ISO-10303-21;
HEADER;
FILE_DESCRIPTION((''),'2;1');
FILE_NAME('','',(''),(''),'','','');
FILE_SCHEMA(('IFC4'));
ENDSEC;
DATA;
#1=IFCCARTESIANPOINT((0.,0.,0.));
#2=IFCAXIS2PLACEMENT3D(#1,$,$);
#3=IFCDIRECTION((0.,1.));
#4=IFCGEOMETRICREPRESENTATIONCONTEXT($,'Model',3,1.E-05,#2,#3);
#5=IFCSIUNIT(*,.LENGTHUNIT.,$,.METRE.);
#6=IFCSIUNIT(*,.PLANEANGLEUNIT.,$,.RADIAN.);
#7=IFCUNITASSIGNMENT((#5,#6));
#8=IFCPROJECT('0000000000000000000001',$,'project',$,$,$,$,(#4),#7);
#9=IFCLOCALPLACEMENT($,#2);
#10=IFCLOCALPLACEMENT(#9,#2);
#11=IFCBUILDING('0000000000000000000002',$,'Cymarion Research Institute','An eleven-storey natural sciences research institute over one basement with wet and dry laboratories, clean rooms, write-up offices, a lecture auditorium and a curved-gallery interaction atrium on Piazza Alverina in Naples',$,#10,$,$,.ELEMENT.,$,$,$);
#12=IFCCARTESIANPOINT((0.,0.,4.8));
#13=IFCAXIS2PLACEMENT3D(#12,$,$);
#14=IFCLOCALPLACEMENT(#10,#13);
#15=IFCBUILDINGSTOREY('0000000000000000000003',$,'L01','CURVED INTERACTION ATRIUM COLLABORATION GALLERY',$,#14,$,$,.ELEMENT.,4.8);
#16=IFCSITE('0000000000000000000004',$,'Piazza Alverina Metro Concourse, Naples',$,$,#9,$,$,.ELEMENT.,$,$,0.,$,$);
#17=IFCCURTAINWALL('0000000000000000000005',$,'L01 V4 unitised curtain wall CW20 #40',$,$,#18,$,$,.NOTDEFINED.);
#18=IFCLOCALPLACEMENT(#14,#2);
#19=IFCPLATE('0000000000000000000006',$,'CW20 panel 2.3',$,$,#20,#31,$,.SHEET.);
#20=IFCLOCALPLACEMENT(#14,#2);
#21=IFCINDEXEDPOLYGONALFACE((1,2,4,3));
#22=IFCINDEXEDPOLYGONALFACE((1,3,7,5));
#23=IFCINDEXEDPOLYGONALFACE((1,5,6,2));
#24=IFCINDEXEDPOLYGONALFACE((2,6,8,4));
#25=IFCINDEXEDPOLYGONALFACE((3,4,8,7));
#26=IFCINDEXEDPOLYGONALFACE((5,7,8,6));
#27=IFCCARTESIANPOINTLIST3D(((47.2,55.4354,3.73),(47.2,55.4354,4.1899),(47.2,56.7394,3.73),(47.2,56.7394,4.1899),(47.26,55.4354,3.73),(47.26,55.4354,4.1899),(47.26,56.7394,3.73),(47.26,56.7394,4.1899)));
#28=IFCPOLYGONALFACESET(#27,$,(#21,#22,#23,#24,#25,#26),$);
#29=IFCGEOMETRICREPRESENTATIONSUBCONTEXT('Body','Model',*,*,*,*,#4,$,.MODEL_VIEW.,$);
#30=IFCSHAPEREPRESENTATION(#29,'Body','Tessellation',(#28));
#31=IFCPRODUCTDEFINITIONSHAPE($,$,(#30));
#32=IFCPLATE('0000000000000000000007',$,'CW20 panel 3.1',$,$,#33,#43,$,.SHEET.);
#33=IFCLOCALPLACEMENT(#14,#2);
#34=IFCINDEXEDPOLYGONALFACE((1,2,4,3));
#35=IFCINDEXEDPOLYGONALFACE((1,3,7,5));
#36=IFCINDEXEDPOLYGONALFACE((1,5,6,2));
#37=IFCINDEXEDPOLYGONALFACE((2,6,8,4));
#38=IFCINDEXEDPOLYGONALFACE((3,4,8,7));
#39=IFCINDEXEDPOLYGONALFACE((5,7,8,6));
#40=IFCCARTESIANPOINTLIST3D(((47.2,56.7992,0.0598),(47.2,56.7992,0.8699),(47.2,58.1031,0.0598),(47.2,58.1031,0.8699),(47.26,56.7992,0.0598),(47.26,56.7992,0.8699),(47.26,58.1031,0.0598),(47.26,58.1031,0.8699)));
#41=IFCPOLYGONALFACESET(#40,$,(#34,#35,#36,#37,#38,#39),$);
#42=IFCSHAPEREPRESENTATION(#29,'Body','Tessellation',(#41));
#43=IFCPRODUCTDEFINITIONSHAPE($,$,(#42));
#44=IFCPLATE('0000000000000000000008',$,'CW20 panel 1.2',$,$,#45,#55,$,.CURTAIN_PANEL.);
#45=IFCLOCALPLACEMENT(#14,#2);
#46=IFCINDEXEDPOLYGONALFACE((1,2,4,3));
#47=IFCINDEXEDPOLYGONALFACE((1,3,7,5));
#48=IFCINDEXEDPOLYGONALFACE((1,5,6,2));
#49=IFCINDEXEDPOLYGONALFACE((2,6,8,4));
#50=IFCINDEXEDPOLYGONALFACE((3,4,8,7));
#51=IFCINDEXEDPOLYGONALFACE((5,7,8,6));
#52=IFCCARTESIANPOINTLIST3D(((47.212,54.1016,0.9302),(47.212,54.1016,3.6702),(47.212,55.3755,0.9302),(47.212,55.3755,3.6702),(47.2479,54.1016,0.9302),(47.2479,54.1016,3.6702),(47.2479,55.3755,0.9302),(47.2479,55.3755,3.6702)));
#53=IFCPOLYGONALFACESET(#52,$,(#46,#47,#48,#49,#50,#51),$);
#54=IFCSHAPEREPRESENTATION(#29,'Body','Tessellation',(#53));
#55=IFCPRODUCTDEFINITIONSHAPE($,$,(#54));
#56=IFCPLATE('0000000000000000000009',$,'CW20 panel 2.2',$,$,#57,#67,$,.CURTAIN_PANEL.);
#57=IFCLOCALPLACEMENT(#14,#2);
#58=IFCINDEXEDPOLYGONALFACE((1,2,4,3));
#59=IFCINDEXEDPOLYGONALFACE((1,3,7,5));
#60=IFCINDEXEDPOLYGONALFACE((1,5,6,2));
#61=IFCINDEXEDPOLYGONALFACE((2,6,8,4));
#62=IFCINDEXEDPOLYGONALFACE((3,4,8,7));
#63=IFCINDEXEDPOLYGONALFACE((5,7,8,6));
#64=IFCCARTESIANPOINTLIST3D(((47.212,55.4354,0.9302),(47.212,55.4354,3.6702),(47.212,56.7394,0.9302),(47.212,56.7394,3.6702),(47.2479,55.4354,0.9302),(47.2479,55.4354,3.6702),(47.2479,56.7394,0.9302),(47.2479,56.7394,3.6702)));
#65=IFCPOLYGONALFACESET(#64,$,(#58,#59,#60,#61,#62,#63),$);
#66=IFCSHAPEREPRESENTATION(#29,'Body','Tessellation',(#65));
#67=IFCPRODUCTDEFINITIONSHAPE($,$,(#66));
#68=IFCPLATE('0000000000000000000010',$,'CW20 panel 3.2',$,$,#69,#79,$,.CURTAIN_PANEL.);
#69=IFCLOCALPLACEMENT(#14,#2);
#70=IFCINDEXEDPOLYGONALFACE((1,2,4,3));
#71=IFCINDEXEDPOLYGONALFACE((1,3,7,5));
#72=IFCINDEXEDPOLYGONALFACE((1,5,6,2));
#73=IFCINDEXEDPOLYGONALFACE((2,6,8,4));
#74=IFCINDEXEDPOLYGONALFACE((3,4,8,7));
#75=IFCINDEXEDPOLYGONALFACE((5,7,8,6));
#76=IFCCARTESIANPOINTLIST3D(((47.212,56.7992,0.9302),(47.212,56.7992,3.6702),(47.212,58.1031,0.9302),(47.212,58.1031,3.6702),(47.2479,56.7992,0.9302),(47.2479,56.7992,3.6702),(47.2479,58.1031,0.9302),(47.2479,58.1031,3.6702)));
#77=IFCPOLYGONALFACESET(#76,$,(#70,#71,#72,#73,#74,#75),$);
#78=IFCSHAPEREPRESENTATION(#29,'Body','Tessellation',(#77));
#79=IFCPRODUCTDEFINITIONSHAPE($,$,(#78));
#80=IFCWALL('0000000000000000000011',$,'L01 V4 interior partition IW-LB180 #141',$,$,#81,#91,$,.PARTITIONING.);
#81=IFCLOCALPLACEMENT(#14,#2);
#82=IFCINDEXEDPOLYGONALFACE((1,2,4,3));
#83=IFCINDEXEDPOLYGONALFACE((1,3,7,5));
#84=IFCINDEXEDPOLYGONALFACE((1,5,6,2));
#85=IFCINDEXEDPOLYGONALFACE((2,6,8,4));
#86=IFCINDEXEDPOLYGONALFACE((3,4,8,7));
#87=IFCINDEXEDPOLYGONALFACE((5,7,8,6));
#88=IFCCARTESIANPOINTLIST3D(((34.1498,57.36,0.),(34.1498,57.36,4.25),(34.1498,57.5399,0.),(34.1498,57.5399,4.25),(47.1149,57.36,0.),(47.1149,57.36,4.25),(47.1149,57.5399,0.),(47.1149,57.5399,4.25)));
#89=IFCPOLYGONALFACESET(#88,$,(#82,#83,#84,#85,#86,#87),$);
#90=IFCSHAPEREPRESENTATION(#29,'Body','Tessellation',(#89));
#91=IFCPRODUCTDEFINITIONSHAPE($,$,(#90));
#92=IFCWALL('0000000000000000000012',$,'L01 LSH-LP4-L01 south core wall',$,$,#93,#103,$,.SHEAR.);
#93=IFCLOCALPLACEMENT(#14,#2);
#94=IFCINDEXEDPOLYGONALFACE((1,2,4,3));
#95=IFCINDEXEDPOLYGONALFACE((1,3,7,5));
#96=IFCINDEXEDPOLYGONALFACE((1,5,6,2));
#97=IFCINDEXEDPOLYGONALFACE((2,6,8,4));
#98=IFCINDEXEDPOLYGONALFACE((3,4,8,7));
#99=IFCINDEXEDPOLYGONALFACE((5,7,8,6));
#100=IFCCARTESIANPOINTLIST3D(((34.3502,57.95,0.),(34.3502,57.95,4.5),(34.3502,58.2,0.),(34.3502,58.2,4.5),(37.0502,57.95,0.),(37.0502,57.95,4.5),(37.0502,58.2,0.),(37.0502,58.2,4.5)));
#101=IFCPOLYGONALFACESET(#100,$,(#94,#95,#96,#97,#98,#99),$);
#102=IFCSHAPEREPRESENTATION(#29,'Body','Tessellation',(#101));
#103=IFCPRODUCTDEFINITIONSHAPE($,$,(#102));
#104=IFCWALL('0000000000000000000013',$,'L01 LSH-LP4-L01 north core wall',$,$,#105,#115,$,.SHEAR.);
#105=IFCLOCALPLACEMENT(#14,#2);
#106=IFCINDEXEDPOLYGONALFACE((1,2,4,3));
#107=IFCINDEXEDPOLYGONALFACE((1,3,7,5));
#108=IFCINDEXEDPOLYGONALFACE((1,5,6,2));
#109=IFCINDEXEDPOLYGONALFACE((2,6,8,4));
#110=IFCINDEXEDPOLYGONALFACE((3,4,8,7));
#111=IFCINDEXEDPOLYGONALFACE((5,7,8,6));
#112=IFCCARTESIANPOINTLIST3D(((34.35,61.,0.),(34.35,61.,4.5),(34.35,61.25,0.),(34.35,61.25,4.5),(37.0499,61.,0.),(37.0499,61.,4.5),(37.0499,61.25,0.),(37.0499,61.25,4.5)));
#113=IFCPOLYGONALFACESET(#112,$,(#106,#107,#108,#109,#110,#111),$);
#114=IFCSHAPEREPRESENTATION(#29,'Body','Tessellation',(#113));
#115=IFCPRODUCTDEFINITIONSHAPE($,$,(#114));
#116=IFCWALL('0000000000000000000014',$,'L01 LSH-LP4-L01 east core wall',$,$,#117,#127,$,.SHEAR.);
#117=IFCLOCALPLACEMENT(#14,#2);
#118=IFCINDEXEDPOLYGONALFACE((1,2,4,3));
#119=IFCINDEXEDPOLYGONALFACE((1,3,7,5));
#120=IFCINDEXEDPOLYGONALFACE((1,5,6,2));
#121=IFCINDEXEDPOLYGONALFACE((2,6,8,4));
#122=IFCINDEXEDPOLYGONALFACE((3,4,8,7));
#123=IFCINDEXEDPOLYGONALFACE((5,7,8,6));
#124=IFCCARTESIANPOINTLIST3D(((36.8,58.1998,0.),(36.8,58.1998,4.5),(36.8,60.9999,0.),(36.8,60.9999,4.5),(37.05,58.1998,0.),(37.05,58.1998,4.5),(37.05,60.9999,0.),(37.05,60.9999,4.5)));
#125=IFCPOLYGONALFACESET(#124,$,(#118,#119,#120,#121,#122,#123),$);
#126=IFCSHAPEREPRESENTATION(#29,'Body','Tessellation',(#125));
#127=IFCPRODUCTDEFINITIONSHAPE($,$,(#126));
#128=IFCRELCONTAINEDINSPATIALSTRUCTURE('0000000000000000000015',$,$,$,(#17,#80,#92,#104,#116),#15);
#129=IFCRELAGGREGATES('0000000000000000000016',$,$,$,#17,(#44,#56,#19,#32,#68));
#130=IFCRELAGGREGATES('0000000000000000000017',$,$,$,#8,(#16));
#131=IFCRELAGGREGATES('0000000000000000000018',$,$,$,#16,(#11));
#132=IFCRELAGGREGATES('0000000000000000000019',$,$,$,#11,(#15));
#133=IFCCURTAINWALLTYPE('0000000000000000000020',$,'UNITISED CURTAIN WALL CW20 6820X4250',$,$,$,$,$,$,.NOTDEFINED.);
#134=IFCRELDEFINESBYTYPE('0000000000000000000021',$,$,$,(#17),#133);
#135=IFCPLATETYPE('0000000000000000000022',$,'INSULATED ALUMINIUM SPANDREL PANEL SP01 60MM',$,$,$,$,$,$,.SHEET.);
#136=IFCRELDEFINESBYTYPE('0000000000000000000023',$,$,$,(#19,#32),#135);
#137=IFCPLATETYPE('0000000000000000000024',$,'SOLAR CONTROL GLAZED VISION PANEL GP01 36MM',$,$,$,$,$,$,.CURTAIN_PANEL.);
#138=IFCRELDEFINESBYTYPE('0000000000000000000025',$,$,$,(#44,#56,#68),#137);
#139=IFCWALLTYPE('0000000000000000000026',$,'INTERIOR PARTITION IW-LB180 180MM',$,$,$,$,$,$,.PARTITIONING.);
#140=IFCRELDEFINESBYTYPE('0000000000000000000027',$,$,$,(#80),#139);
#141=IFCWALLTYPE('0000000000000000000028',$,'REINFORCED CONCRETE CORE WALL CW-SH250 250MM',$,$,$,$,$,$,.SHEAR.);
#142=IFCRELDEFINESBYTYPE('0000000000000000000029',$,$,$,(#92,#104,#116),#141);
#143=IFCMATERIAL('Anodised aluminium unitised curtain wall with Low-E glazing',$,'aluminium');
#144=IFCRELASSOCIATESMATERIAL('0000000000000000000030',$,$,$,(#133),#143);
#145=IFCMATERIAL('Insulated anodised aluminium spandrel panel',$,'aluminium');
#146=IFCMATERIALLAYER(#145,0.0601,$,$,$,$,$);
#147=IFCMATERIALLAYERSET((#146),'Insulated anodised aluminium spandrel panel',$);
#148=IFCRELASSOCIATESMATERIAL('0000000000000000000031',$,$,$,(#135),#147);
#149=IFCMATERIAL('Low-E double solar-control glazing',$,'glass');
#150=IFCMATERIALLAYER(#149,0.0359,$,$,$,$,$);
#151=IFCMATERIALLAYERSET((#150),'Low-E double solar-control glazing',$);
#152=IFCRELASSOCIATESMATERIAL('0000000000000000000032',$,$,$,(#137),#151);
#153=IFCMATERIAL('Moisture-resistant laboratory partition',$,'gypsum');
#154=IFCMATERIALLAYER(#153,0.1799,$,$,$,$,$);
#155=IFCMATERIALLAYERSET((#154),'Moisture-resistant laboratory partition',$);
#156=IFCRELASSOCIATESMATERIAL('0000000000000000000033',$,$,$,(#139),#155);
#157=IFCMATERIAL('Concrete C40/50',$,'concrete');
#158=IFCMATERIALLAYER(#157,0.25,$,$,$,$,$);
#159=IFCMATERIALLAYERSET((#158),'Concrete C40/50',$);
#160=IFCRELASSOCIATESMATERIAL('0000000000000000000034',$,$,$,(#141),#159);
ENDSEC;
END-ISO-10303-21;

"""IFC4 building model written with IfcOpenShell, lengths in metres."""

from ifc_helpers import new_model, si_unit, direction, frame, frame_2d, origin, origin_2d, place, context, subcontext, project, spatial, rectangle, extrude, material, layer, layer_set, type_object, element, aggregate, save


model = new_model("IFC4")

# Units and contexts
model_context = context("Model", 3, precision=1e-05, world=origin(), true_north=direction((0.0, 1.0)))
body_context = subcontext(model_context, "Body", "Model", "MODEL_VIEW")
ifc_project = project(units=[si_unit("LENGTHUNIT", "METRE"), si_unit("PLANEANGLEUNIT", "RADIAN")], contexts=[model_context])

# Site, building, storey
site_placement = place(None, origin())
site = spatial("IfcSite", under=ifc_project, at=site_placement, Name="Piazza Alverina Metro Concourse, Naples", CompositionType="ELEMENT", RefElevation=0.0)
building_placement = place(site_placement, origin())
building = spatial("IfcBuilding", under=site, at=building_placement, Name="Cymarion Research Institute", Description="An eleven-storey natural sciences research institute over one basement with wet and dry laboratories, clean rooms, write-up offices, a lecture auditorium and a curved-gallery interaction atrium on Piazza Alverina in Naples", CompositionType="ELEMENT")
storey_placement = place(building_placement, frame((0.0, 0.0, 4.8)))
storey = spatial("IfcBuildingStorey", under=building, at=storey_placement, Name="L01", Description="CURVED INTERACTION ATRIUM COLLABORATION GALLERY", CompositionType="ELEMENT", Elevation=4.8)

# Curtain wall
ifc_material_1 = material(Name="Anodised aluminium unitised curtain wall with Low-E glazing", Category="aluminium")
curtain_wall_type = type_object("IfcCurtainWallType", Name="UNITISED CURTAIN WALL CW20 6820X4250", PredefinedType="NOTDEFINED", material=ifc_material_1)
curtain_wall_placement = place(storey_placement, origin())
curtain_wall = element("IfcCurtainWall", 1, at=curtain_wall_placement, inside=storey, type_object=curtain_wall_type, Name="L01 V4 unitised curtain wall CW20 #40", PredefinedType="NOTDEFINED")

# Plates
ifc_material_2 = material(Name="Insulated anodised aluminium spandrel panel", Category="aluminium")
ifc_layer_1 = layer(ifc_material_2, 0.0601)
ifc_layer_set_1 = layer_set([ifc_layer_1], Name="Insulated anodised aluminium spandrel panel")
plate_type_1 = type_object("IfcPlateType", Name="INSULATED ALUMINIUM SPANDREL PANEL SP01 60MM", PredefinedType="SHEET", material=ifc_layer_set_1)
plate_1_placement = place(storey_placement, frame((47.23, 56.0874, 3.73), z_axis=(0.0, 0.0, 1.0), x_axis=(0.0, 1.0, 0.0)))
plate_1 = element("IfcPlate", 2, at=plate_1_placement, type_object=plate_type_1, Name="CW20 panel 2.3", PredefinedType="SHEET", context=body_context, shape_type="SweptSolid", body=[
    extrude(rectangle(XDim=1.304, YDim=0.0601, at=origin_2d()), origin(), (0.0, 0.0, 1.0), 0.46),
])
plate_2_placement = place(storey_placement, frame((47.23, 57.4512, 0.0598), z_axis=(0.0, 0.0, 1.0), x_axis=(0.0, 1.0, 0.0)))
plate_2 = element("IfcPlate", 3, at=plate_2_placement, type_object=plate_type_1, Name="CW20 panel 3.1", PredefinedType="SHEET", context=body_context, shape_type="SweptSolid", body=[
    extrude(rectangle(XDim=1.304, YDim=0.0601, at=origin_2d()), origin(), (0.0, 0.0, 1.0), 0.8101),
])
ifc_material_3 = material(Name="Low-E double solar-control glazing", Category="glass")
ifc_layer_2 = layer(ifc_material_3, 0.0359)
ifc_layer_set_2 = layer_set([ifc_layer_2], Name="Low-E double solar-control glazing")
plate_type_2 = type_object("IfcPlateType", Name="SOLAR CONTROL GLAZED VISION PANEL GP01 36MM", PredefinedType="CURTAIN_PANEL", material=ifc_layer_set_2)
plate_3_placement = place(storey_placement, frame((47.23, 54.7385, 0.9302), z_axis=(0.0, 0.0, 1.0), x_axis=(0.0, 1.0, 0.0)))
plate_3 = element("IfcPlate", 4, at=plate_3_placement, type_object=plate_type_2, Name="CW20 panel 1.2", PredefinedType="CURTAIN_PANEL", context=body_context, shape_type="SweptSolid", body=[
    extrude(rectangle(XDim=1.2739, YDim=0.0359, at=origin_2d()), origin(), (0.0, 0.0, 1.0), 2.74),
])
plate_4_placement = place(storey_placement, frame((47.23, 56.0874, 0.9302), z_axis=(0.0, 0.0, 1.0), x_axis=(0.0, 1.0, 0.0)))
plate_4 = element("IfcPlate", 5, at=plate_4_placement, type_object=plate_type_2, Name="CW20 panel 2.2", PredefinedType="CURTAIN_PANEL", context=body_context, shape_type="SweptSolid", body=[
    extrude(rectangle(XDim=1.304, YDim=0.0359, at=origin_2d()), origin(), (0.0, 0.0, 1.0), 2.74),
])
plate_5_placement = place(storey_placement, frame((47.23, 57.4512, 0.9302), z_axis=(0.0, 0.0, 1.0), x_axis=(0.0, 1.0, 0.0)))
plate_5 = element("IfcPlate", 6, at=plate_5_placement, type_object=plate_type_2, Name="CW20 panel 3.2", PredefinedType="CURTAIN_PANEL", context=body_context, shape_type="SweptSolid", body=[
    extrude(rectangle(XDim=1.304, YDim=0.0359, at=origin_2d()), origin(), (0.0, 0.0, 1.0), 2.74),
])
aggregate(curtain_wall, [plate_3, plate_4, plate_1, plate_2, plate_5])

# Walls
ifc_material_4 = material(Name="Moisture-resistant laboratory partition", Category="gypsum")
ifc_layer_3 = layer(ifc_material_4, 0.1799)
ifc_layer_set_3 = layer_set([ifc_layer_3], Name="Moisture-resistant laboratory partition")
wall_type_1 = type_object("IfcWallType", Name="INTERIOR PARTITION IW-LB180 180MM", PredefinedType="PARTITIONING", material=ifc_layer_set_3)
wall_1_placement = place(storey_placement, frame((34.1499, 57.45, 0.0), z_axis=(0.0, 0.0, 1.0), x_axis=(1.0, 0.0, 0.0)))
element("IfcWall", 7, at=wall_1_placement, inside=storey, type_object=wall_type_1, Name="L01 V4 interior partition IW-LB180 #141", PredefinedType="PARTITIONING", context=body_context, shape_type="SweptSolid", body=[
    extrude(rectangle(XDim=12.9651, YDim=0.1799, at=frame_2d((6.4824, 0.0))), origin(), (0.0, 0.0, 1.0), 4.25),
])
ifc_material_5 = material(Name="Concrete C40/50", Category="concrete")
ifc_layer_4 = layer(ifc_material_5, 0.25)
ifc_layer_set_4 = layer_set([ifc_layer_4], Name="Concrete C40/50")
wall_type_2 = type_object("IfcWallType", Name="REINFORCED CONCRETE CORE WALL CW-SH250 250MM", PredefinedType="SHEAR", material=ifc_layer_set_4)
for number, where, z_axis, x_axis, name in (
    (8, (34.3501, 58.075, 0.0), (0.0, 0.0, 1.0), (1.0, 0.0, 0.0), "L01 LSH-LP4-L01 south core wall"),
    (9, (37.05, 61.125, 0.0), (0.0, 0.0, 1.0), (-1.0, 0.0, 0.0), "L01 LSH-LP4-L01 north core wall"),
):
    element("IfcWall", number, at=place(storey_placement, frame(where, z_axis=z_axis, x_axis=x_axis)), inside=storey, type_object=wall_type_2, Name=name, PredefinedType="SHEAR", context=body_context, shape_type="SweptSolid", body=[
        extrude(rectangle(XDim=2.7, YDim=0.25, at=frame_2d((1.3501, 0.0))), origin(), (0.0, 0.0, 1.0), 4.5),
    ])

# Wall
wall_2_placement = place(storey_placement, frame((36.925, 58.2, 0.0), z_axis=(0.0, 0.0, 1.0), x_axis=(0.0, 1.0, 0.0)))
element("IfcWall", 10, at=wall_2_placement, inside=storey, type_object=wall_type_2, Name="L01 LSH-LP4-L01 east core wall", PredefinedType="SHEAR", context=body_context, shape_type="SweptSolid", body=[
    extrude(rectangle(XDim=2.8, YDim=0.25, at=frame_2d((1.3999, 0.0))), origin(), (0.0, 0.0, 1.0), 4.5),
])

save(model, "model.ifc")
